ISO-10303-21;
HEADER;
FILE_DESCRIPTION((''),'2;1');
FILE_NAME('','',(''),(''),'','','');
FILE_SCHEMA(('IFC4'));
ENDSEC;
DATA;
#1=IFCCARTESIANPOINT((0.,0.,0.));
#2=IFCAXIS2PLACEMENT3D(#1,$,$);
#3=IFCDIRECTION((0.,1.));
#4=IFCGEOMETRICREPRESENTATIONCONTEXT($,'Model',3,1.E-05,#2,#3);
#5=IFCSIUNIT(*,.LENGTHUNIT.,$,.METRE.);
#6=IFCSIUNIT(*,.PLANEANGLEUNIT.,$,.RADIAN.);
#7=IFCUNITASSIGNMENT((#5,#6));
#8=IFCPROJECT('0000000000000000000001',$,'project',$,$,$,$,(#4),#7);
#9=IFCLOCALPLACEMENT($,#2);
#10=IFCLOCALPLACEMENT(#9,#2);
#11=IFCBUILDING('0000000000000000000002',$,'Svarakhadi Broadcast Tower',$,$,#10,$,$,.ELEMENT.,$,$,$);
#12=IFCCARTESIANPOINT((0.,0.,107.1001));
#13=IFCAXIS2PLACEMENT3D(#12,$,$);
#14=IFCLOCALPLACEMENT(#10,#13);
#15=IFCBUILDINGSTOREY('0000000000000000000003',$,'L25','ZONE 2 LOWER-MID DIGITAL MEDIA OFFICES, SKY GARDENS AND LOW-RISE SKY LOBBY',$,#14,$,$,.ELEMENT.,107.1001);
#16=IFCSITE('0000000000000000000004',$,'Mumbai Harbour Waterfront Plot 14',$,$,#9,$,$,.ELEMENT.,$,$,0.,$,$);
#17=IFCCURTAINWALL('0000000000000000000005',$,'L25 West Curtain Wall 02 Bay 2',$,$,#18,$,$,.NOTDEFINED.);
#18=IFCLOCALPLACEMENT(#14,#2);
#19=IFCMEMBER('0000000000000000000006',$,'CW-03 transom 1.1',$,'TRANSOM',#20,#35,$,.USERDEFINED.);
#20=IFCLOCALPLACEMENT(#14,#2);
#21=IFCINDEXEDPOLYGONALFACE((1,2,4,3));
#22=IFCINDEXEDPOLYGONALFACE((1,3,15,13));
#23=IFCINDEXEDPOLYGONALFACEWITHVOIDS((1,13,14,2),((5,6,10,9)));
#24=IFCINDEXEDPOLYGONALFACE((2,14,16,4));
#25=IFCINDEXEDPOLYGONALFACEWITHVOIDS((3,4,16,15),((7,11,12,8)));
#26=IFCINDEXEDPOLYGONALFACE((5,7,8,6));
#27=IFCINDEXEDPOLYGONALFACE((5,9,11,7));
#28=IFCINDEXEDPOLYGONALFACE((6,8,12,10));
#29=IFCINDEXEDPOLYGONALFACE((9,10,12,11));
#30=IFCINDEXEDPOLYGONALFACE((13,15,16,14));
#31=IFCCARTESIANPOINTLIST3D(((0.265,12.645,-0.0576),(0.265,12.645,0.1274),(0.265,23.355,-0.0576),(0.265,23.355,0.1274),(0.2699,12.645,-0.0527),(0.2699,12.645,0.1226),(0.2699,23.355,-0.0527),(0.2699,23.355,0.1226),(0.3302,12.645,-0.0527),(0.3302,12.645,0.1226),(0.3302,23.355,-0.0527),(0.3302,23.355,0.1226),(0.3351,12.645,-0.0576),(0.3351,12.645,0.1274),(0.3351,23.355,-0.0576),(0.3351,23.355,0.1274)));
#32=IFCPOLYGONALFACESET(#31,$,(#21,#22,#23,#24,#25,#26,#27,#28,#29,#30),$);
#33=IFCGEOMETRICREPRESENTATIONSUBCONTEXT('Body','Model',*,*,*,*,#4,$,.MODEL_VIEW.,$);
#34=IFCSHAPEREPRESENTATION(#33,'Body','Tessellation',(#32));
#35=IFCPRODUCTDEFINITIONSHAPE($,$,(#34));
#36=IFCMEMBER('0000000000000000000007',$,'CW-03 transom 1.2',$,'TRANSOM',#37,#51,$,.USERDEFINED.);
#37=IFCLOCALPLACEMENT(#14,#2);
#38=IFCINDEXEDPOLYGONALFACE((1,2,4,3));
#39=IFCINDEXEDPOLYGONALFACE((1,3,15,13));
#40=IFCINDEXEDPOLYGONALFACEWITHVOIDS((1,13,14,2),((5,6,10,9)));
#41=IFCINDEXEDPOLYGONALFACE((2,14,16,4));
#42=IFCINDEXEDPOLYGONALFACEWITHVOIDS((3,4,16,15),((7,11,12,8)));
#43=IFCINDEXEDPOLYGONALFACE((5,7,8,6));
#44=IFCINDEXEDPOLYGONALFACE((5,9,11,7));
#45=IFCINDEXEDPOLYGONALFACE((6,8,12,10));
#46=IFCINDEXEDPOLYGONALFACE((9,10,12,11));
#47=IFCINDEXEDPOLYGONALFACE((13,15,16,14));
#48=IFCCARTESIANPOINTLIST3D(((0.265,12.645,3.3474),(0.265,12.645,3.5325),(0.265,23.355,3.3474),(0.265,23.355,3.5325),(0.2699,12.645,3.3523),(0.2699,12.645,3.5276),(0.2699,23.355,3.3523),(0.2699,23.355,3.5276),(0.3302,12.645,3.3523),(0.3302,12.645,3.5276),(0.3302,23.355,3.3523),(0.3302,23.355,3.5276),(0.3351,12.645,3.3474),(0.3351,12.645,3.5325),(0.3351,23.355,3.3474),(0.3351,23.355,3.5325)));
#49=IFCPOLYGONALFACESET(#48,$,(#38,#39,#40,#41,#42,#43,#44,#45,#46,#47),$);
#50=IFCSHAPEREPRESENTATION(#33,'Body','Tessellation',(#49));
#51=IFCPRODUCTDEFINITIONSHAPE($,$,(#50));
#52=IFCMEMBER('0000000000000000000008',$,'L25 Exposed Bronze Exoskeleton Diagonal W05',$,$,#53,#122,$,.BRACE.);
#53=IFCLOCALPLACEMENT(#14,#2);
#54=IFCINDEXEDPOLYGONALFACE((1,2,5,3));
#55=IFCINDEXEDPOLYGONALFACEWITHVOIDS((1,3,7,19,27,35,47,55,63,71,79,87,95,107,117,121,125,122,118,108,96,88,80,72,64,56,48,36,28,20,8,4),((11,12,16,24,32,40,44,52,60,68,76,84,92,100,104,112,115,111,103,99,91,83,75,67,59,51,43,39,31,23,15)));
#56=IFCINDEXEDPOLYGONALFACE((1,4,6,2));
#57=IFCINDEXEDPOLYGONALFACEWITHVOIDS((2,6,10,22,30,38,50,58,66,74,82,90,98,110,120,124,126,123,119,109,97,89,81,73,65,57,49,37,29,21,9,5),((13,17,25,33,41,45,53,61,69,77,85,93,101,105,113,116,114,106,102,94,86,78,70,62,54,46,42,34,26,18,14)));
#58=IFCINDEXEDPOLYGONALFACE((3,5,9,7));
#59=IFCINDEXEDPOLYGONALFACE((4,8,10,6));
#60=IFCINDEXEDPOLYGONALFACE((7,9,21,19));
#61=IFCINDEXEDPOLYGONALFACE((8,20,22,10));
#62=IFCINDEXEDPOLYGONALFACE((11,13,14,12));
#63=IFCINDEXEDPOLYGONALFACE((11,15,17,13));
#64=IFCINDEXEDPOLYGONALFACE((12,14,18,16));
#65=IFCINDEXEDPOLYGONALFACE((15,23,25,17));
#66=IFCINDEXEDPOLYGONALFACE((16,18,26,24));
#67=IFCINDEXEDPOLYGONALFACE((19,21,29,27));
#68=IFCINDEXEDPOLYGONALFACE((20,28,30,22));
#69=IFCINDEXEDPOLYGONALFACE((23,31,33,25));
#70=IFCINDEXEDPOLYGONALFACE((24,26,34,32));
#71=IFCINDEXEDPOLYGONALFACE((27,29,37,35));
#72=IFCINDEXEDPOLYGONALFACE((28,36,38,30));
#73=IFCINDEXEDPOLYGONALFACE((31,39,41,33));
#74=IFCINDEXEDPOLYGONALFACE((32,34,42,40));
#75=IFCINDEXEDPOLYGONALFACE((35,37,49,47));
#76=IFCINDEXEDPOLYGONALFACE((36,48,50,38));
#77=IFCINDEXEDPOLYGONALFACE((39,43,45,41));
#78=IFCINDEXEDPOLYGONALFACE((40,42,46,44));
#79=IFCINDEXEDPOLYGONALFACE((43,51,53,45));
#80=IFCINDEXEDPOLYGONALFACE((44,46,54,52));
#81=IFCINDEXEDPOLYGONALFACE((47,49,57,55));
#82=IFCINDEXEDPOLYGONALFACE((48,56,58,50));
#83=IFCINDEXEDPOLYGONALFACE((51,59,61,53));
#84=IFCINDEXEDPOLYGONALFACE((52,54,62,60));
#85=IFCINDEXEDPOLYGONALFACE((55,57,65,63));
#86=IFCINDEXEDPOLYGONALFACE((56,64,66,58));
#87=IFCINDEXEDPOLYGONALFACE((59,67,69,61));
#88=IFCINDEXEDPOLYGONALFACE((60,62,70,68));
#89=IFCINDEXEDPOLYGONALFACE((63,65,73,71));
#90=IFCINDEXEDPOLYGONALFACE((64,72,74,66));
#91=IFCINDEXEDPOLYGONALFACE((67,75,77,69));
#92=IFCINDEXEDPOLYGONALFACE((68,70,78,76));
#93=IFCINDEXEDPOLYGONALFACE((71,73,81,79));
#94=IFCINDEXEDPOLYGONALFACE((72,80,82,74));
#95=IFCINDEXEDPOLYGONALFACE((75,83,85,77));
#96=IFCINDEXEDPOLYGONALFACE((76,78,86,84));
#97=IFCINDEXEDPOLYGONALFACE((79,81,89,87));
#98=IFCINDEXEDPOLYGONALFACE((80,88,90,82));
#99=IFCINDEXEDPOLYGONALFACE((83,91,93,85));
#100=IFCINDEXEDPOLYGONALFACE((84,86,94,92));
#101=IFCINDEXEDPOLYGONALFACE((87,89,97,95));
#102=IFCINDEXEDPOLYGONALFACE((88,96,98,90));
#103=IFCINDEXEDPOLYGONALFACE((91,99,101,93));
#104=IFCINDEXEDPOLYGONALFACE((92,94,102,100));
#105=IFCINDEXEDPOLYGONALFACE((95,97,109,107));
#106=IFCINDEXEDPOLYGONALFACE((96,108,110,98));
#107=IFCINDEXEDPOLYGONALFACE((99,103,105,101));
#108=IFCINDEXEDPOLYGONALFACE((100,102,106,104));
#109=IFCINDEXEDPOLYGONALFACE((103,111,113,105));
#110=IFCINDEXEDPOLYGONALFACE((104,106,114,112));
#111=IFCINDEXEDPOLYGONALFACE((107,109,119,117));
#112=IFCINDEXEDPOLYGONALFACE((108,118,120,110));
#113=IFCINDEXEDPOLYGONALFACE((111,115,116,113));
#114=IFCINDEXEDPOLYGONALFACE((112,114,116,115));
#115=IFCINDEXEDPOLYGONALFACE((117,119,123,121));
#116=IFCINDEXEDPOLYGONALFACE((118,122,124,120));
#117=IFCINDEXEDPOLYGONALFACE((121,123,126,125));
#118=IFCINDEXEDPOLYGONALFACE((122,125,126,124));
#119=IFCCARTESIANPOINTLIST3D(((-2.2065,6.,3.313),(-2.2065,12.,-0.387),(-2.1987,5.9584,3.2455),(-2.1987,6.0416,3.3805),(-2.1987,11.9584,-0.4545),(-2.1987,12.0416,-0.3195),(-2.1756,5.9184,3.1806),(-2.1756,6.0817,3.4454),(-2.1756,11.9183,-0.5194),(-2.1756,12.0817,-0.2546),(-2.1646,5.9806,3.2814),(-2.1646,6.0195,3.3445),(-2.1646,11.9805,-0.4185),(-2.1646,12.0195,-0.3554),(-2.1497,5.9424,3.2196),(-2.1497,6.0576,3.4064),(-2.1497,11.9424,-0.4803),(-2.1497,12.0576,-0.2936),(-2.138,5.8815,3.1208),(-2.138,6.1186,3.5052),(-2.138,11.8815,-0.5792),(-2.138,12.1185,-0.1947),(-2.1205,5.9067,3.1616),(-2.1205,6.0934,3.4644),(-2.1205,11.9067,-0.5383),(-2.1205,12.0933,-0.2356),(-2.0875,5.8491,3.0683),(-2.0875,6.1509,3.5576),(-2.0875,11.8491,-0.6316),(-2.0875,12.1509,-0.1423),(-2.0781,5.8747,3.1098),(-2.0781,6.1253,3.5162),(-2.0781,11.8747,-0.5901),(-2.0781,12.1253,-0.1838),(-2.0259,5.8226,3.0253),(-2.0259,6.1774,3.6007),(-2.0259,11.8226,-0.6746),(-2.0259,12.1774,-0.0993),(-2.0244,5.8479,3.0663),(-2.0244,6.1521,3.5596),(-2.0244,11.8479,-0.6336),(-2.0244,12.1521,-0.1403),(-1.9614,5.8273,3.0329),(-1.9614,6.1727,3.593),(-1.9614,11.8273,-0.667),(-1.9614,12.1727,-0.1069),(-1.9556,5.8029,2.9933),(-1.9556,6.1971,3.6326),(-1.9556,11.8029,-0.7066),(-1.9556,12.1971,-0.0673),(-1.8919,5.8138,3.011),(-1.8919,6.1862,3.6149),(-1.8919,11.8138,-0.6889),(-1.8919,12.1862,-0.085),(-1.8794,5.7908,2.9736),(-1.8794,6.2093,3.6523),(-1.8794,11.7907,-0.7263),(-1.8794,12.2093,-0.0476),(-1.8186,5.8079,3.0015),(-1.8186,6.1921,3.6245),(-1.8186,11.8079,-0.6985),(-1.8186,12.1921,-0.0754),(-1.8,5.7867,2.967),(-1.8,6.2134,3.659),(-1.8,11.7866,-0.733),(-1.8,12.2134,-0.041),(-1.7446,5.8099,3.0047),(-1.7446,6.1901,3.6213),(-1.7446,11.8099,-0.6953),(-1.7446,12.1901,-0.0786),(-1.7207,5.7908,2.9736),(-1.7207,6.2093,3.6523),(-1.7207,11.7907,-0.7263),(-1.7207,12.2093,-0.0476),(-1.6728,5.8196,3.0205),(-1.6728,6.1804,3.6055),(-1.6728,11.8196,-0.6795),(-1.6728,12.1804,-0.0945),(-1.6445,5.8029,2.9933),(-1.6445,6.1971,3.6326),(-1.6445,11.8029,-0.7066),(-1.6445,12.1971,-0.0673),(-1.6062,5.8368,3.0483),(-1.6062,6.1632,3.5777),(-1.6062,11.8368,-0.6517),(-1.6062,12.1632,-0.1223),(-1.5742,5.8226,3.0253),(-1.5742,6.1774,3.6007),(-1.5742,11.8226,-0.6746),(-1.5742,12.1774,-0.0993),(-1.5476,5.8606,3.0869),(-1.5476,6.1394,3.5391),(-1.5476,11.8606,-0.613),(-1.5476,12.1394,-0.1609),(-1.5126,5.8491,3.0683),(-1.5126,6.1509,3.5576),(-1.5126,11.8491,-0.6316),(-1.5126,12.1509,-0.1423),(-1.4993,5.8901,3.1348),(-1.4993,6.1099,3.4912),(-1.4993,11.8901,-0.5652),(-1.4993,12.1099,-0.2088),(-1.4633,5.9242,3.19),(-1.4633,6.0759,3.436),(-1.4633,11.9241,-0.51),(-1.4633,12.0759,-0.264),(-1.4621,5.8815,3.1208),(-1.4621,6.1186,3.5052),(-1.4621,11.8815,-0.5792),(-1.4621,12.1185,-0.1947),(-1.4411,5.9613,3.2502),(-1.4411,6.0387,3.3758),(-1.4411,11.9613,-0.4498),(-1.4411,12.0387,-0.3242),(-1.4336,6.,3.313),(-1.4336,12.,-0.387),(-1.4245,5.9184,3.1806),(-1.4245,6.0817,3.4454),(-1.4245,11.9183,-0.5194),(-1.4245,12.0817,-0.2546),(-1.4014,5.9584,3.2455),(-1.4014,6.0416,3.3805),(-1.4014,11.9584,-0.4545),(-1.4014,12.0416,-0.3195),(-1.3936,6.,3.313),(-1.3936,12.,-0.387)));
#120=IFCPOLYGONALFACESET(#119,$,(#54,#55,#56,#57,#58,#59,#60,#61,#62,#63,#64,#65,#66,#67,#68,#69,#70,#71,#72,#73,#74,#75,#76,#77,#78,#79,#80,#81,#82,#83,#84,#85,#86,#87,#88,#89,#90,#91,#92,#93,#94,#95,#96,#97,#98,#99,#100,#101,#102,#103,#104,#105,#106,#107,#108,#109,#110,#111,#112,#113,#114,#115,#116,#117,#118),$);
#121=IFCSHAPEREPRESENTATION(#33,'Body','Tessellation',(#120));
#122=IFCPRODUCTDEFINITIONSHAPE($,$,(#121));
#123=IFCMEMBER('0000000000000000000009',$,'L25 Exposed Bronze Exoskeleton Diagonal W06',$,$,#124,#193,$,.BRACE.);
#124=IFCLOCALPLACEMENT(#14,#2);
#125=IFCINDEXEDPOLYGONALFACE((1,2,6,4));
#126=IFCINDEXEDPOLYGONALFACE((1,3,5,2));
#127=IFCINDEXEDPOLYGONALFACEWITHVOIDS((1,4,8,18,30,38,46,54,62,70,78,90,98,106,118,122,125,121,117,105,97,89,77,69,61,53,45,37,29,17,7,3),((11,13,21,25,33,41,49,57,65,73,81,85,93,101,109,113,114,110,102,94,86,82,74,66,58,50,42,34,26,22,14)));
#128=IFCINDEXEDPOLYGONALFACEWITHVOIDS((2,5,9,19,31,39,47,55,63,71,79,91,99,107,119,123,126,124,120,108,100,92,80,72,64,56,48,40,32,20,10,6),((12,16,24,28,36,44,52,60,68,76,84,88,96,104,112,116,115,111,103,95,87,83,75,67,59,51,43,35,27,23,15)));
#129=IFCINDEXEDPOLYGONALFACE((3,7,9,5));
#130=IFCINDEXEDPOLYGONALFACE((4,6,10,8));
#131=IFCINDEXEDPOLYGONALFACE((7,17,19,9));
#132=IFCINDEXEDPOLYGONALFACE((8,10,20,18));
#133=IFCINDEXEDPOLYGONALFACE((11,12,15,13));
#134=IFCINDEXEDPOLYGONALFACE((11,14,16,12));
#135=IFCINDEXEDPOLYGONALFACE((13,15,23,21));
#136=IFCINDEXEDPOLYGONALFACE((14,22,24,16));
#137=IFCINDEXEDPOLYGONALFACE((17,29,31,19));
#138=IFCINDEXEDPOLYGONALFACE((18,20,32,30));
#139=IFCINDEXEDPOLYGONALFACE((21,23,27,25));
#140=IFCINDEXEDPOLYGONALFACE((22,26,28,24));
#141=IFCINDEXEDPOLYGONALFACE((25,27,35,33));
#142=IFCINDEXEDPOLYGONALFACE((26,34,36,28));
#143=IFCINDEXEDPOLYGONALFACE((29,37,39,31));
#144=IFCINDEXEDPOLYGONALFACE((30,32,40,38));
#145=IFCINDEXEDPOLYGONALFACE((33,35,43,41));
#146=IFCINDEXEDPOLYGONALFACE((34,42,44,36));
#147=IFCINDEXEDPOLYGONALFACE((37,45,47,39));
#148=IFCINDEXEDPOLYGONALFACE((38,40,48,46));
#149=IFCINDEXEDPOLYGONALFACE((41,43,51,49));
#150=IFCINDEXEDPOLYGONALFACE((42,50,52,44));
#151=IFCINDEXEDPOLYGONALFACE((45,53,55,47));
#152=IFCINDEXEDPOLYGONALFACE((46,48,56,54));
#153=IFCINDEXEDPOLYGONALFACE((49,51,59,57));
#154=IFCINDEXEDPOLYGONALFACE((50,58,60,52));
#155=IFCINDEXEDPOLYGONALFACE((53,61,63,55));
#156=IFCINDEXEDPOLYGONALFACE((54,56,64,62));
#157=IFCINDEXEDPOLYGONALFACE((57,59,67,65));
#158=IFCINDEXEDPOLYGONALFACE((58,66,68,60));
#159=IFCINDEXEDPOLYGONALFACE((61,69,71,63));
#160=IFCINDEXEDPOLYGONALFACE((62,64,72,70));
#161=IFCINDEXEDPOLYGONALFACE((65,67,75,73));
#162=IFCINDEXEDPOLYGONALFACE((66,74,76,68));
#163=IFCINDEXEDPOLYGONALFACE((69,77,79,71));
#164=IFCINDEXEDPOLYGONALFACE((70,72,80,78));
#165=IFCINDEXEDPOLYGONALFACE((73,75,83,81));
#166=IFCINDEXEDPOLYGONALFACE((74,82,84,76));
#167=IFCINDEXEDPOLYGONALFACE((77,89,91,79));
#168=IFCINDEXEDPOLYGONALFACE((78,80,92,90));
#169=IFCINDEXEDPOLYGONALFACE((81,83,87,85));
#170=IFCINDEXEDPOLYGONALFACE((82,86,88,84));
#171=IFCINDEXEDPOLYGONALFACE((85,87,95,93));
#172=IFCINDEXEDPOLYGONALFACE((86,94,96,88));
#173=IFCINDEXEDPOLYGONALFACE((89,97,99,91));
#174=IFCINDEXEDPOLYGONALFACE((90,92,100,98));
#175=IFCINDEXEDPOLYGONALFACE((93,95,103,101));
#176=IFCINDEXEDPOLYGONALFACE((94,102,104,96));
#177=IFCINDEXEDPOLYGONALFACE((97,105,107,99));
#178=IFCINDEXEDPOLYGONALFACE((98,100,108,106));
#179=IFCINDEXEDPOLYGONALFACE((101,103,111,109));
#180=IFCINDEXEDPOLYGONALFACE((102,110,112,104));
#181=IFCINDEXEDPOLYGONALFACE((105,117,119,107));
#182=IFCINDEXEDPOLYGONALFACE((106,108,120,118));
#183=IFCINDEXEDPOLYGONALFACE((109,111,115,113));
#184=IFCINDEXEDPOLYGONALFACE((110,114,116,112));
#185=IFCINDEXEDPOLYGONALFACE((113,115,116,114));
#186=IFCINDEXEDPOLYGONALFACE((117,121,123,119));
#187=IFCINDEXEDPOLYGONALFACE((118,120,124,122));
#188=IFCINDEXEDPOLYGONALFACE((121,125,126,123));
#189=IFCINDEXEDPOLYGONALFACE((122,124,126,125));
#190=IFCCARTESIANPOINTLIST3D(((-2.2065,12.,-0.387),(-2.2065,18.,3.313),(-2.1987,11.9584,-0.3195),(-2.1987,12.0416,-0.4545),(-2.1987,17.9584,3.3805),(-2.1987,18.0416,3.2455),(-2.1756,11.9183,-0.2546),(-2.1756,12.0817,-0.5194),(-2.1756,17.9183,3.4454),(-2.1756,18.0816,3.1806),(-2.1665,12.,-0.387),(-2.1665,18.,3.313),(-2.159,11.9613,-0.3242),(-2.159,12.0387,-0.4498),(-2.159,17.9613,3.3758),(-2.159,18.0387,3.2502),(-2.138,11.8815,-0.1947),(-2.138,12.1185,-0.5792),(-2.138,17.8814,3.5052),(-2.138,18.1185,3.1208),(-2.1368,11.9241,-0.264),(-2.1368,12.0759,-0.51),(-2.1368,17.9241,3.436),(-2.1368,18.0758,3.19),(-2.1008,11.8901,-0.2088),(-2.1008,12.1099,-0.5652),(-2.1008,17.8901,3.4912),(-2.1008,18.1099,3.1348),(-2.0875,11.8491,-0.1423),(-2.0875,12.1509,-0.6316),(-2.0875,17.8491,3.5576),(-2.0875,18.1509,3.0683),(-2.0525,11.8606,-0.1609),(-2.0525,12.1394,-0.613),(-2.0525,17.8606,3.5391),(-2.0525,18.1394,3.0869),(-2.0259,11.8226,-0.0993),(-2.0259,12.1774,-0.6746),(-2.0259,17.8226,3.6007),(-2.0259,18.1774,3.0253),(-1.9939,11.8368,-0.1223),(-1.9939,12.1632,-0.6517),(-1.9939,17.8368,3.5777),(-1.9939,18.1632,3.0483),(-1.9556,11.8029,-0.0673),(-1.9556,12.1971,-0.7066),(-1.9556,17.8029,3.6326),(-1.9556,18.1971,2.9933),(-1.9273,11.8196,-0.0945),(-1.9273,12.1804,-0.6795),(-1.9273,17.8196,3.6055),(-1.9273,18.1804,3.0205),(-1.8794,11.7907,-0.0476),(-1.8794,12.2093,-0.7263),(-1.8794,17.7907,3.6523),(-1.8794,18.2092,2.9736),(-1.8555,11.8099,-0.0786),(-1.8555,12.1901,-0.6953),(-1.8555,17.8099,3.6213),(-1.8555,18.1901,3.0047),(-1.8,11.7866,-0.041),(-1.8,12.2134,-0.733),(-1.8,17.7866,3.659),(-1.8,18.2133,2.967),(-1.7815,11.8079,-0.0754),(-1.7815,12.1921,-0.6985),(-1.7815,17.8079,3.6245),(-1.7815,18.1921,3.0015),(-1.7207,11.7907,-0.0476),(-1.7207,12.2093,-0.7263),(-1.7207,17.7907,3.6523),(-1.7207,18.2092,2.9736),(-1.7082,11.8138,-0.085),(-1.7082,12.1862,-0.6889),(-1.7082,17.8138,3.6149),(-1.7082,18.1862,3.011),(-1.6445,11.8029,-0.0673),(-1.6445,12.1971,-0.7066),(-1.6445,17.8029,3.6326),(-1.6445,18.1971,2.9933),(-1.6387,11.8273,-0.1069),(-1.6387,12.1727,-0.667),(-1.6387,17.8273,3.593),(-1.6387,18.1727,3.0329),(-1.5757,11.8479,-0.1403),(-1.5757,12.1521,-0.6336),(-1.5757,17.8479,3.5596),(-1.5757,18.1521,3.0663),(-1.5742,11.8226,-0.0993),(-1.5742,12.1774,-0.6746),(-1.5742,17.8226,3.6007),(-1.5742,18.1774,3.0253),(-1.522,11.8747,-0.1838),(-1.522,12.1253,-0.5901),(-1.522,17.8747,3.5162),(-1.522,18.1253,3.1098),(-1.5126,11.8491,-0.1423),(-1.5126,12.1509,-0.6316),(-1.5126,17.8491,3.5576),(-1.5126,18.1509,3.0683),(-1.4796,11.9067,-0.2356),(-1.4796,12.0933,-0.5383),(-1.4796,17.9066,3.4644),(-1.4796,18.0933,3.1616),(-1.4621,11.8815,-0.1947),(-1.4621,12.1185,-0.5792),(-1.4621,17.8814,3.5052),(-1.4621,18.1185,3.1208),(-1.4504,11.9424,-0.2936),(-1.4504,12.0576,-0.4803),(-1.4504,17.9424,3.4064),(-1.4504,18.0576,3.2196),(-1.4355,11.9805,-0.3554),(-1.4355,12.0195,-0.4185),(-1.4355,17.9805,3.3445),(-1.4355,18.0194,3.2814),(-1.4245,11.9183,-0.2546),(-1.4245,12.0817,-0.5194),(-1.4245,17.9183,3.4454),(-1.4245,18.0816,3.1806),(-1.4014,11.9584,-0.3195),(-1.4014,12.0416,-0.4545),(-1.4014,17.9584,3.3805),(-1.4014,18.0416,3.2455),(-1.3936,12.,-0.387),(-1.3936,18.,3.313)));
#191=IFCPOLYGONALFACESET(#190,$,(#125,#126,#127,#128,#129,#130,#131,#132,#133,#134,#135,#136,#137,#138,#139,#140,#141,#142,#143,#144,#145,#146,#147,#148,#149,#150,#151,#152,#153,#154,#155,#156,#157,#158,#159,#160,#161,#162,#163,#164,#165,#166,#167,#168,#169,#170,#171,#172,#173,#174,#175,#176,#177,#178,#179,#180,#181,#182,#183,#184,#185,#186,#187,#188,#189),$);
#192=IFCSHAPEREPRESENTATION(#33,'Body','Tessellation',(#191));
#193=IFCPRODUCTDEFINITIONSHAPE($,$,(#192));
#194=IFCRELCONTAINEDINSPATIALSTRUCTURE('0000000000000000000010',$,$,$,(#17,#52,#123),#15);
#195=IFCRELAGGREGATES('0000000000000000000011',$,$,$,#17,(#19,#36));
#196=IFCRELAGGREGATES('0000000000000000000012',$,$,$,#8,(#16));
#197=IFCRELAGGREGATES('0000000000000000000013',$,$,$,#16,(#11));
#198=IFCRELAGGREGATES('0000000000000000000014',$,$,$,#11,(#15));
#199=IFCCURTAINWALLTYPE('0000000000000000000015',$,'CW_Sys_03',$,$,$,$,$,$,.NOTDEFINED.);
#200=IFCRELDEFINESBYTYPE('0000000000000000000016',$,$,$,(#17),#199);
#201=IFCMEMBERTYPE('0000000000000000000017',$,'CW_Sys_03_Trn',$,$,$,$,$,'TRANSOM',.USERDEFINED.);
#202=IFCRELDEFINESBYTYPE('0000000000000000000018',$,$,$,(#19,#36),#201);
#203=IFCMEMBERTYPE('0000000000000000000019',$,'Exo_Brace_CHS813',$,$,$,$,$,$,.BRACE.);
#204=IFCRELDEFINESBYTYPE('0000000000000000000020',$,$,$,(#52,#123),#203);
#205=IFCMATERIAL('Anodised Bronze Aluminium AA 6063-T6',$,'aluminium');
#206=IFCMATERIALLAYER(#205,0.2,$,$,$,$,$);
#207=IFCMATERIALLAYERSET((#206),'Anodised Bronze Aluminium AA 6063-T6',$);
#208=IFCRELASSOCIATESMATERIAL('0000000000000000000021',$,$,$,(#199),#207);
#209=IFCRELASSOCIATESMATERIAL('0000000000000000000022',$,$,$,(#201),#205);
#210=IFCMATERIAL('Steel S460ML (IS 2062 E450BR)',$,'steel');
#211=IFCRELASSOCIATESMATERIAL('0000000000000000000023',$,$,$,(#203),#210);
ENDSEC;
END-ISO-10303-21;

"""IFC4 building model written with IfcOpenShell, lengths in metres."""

from ifc_helpers import new_model, si_unit, direction, frame, origin, origin_2d, place, context, subcontext, project, spatial, hollow_rectangle, hollow_circle, extrude, material, layer, layer_set, material_profile, profile_set, type_object, element, aggregate, save


model = new_model("IFC4")

# Units and contexts
model_context = context("Model", 3, precision=1e-05, world=origin(), true_north=direction((0.0, 1.0)))
body_context = subcontext(model_context, "Body", "Model", "MODEL_VIEW")
ifc_project = project(units=[si_unit("LENGTHUNIT", "METRE"), si_unit("PLANEANGLEUNIT", "RADIAN")], contexts=[model_context])

# Site, building, storey
site_placement = place(None, origin())
site = spatial("IfcSite", under=ifc_project, at=site_placement, Name="Mumbai Harbour Waterfront Plot 14", CompositionType="ELEMENT", RefElevation=0.0)
building_placement = place(site_placement, origin())
building = spatial("IfcBuilding", under=site, at=building_placement, Name="Svarakhadi Broadcast Tower", CompositionType="ELEMENT")
storey_placement = place(building_placement, frame((0.0, 0.0, 107.1001)))
storey = spatial("IfcBuildingStorey", under=building, at=storey_placement, Name="L25", Description="ZONE 2 LOWER-MID DIGITAL MEDIA OFFICES, SKY GARDENS AND LOW-RISE SKY LOBBY", CompositionType="ELEMENT", Elevation=107.1001)

# Shared definitions
ifc_material_1 = material(Name="Steel S460ML (IS 2062 E450BR)", Category="steel")

# Shared definitions
ifc_material_2 = material(Name="Anodised Bronze Aluminium AA 6063-T6", Category="aluminium")
ifc_layer_1 = layer(ifc_material_2, 0.2)
ifc_layer_set_1 = layer_set([ifc_layer_1], Name="Anodised Bronze Aluminium AA 6063-T6")
curtain_wall_type = type_object("IfcCurtainWallType", Name="CW_Sys_03", PredefinedType="NOTDEFINED", material=ifc_layer_set_1)

# Curtain wall, members
curtain_wall_1_placement = place(storey_placement, origin())
curtain_wall_1 = element("IfcCurtainWall", 1, at=curtain_wall_1_placement, inside=storey, type_object=curtain_wall_type, Name="L25 West Curtain Wall 02 Bay 2", PredefinedType="NOTDEFINED")
ifc_material_profile_1 = material_profile(ifc_material_2, hollow_rectangle(XDim=0.0701, YDim=0.1851, WallThickness=0.0049, at=origin_2d()), Name="ALU TRANSOM 185x70x5")
ifc_profile_set_1 = profile_set([ifc_material_profile_1], Name="Anodised Bronze Aluminium AA 6063-T6")
member_type_1 = type_object("IfcMemberType", Name="CW_Sys_03_Trn", ElementType="TRANSOM", PredefinedType="USERDEFINED", material=ifc_profile_set_1)
member_1_placement = place(storey_placement, frame((0.3, 12.645, 0.0349), z_axis=(0.0, 1.0, 0.0), x_axis=(-1.0, 0.0, 0.0)))
member_1 = element("IfcMember", 2, at=member_1_placement, type_object=member_type_1, Name="CW-03 transom 1.1", ObjectType="TRANSOM", PredefinedType="USERDEFINED", context=body_context, shape_type="SweptSolid", body=[
    extrude(hollow_rectangle(XDim=0.0701, YDim=0.1851, WallThickness=0.0049, at=origin_2d()), origin(), (0.0, 0.0, 1.0), 10.71),
])
member_2_placement = place(storey_placement, frame((0.3, 12.645, 3.4399), z_axis=(0.0, 1.0, 0.0), x_axis=(-1.0, 0.0, 0.0)))
member_2 = element("IfcMember", 3, at=member_2_placement, type_object=member_type_1, Name="CW-03 transom 1.2", ObjectType="TRANSOM", PredefinedType="USERDEFINED", context=body_context, shape_type="SweptSolid", body=[
    extrude(hollow_rectangle(XDim=0.0701, YDim=0.1851, WallThickness=0.0049, at=origin_2d()), origin(), (0.0, 0.0, 1.0), 10.71),
])

# Members
ifc_material_profile_2 = material_profile(ifc_material_1, hollow_circle(Radius=0.4065, WallThickness=0.04, at=origin_2d()), Name="CHS 813x40")
ifc_profile_set_2 = profile_set([ifc_material_profile_2], Name="Steel S460ML (IS 2062 E450BR)")
member_type_2 = type_object("IfcMemberType", Name="Exo_Brace_CHS813", PredefinedType="BRACE", material=ifc_profile_set_2)
for number, where, z_axis, x_axis, name in (
    (4, (-1.8, 12.0, -0.387), (0.0, -0.851174, 0.524884), (1.0, 0.0, 0.0), "L25 Exposed Bronze Exoskeleton Diagonal W05"),
    (5, (-1.8, 12.0, -0.387), (0.0, 0.851174, 0.524884), (-1.0, 0.0, 0.0), "L25 Exposed Bronze Exoskeleton Diagonal W06"),
):
    element("IfcMember", number, at=place(storey_placement, frame(where, z_axis=z_axis, x_axis=x_axis)), inside=storey, type_object=member_type_2, Name=name, PredefinedType="BRACE", context=body_context, shape_type="SweptSolid", body=[
        extrude(hollow_circle(Radius=0.4065, WallThickness=0.04, at=origin_2d()), origin(), (0.0, 0.0, 1.0), 7.0491),
    ])

aggregate(curtain_wall_1, [member_1, member_2])

save(model, "model.ifc")
